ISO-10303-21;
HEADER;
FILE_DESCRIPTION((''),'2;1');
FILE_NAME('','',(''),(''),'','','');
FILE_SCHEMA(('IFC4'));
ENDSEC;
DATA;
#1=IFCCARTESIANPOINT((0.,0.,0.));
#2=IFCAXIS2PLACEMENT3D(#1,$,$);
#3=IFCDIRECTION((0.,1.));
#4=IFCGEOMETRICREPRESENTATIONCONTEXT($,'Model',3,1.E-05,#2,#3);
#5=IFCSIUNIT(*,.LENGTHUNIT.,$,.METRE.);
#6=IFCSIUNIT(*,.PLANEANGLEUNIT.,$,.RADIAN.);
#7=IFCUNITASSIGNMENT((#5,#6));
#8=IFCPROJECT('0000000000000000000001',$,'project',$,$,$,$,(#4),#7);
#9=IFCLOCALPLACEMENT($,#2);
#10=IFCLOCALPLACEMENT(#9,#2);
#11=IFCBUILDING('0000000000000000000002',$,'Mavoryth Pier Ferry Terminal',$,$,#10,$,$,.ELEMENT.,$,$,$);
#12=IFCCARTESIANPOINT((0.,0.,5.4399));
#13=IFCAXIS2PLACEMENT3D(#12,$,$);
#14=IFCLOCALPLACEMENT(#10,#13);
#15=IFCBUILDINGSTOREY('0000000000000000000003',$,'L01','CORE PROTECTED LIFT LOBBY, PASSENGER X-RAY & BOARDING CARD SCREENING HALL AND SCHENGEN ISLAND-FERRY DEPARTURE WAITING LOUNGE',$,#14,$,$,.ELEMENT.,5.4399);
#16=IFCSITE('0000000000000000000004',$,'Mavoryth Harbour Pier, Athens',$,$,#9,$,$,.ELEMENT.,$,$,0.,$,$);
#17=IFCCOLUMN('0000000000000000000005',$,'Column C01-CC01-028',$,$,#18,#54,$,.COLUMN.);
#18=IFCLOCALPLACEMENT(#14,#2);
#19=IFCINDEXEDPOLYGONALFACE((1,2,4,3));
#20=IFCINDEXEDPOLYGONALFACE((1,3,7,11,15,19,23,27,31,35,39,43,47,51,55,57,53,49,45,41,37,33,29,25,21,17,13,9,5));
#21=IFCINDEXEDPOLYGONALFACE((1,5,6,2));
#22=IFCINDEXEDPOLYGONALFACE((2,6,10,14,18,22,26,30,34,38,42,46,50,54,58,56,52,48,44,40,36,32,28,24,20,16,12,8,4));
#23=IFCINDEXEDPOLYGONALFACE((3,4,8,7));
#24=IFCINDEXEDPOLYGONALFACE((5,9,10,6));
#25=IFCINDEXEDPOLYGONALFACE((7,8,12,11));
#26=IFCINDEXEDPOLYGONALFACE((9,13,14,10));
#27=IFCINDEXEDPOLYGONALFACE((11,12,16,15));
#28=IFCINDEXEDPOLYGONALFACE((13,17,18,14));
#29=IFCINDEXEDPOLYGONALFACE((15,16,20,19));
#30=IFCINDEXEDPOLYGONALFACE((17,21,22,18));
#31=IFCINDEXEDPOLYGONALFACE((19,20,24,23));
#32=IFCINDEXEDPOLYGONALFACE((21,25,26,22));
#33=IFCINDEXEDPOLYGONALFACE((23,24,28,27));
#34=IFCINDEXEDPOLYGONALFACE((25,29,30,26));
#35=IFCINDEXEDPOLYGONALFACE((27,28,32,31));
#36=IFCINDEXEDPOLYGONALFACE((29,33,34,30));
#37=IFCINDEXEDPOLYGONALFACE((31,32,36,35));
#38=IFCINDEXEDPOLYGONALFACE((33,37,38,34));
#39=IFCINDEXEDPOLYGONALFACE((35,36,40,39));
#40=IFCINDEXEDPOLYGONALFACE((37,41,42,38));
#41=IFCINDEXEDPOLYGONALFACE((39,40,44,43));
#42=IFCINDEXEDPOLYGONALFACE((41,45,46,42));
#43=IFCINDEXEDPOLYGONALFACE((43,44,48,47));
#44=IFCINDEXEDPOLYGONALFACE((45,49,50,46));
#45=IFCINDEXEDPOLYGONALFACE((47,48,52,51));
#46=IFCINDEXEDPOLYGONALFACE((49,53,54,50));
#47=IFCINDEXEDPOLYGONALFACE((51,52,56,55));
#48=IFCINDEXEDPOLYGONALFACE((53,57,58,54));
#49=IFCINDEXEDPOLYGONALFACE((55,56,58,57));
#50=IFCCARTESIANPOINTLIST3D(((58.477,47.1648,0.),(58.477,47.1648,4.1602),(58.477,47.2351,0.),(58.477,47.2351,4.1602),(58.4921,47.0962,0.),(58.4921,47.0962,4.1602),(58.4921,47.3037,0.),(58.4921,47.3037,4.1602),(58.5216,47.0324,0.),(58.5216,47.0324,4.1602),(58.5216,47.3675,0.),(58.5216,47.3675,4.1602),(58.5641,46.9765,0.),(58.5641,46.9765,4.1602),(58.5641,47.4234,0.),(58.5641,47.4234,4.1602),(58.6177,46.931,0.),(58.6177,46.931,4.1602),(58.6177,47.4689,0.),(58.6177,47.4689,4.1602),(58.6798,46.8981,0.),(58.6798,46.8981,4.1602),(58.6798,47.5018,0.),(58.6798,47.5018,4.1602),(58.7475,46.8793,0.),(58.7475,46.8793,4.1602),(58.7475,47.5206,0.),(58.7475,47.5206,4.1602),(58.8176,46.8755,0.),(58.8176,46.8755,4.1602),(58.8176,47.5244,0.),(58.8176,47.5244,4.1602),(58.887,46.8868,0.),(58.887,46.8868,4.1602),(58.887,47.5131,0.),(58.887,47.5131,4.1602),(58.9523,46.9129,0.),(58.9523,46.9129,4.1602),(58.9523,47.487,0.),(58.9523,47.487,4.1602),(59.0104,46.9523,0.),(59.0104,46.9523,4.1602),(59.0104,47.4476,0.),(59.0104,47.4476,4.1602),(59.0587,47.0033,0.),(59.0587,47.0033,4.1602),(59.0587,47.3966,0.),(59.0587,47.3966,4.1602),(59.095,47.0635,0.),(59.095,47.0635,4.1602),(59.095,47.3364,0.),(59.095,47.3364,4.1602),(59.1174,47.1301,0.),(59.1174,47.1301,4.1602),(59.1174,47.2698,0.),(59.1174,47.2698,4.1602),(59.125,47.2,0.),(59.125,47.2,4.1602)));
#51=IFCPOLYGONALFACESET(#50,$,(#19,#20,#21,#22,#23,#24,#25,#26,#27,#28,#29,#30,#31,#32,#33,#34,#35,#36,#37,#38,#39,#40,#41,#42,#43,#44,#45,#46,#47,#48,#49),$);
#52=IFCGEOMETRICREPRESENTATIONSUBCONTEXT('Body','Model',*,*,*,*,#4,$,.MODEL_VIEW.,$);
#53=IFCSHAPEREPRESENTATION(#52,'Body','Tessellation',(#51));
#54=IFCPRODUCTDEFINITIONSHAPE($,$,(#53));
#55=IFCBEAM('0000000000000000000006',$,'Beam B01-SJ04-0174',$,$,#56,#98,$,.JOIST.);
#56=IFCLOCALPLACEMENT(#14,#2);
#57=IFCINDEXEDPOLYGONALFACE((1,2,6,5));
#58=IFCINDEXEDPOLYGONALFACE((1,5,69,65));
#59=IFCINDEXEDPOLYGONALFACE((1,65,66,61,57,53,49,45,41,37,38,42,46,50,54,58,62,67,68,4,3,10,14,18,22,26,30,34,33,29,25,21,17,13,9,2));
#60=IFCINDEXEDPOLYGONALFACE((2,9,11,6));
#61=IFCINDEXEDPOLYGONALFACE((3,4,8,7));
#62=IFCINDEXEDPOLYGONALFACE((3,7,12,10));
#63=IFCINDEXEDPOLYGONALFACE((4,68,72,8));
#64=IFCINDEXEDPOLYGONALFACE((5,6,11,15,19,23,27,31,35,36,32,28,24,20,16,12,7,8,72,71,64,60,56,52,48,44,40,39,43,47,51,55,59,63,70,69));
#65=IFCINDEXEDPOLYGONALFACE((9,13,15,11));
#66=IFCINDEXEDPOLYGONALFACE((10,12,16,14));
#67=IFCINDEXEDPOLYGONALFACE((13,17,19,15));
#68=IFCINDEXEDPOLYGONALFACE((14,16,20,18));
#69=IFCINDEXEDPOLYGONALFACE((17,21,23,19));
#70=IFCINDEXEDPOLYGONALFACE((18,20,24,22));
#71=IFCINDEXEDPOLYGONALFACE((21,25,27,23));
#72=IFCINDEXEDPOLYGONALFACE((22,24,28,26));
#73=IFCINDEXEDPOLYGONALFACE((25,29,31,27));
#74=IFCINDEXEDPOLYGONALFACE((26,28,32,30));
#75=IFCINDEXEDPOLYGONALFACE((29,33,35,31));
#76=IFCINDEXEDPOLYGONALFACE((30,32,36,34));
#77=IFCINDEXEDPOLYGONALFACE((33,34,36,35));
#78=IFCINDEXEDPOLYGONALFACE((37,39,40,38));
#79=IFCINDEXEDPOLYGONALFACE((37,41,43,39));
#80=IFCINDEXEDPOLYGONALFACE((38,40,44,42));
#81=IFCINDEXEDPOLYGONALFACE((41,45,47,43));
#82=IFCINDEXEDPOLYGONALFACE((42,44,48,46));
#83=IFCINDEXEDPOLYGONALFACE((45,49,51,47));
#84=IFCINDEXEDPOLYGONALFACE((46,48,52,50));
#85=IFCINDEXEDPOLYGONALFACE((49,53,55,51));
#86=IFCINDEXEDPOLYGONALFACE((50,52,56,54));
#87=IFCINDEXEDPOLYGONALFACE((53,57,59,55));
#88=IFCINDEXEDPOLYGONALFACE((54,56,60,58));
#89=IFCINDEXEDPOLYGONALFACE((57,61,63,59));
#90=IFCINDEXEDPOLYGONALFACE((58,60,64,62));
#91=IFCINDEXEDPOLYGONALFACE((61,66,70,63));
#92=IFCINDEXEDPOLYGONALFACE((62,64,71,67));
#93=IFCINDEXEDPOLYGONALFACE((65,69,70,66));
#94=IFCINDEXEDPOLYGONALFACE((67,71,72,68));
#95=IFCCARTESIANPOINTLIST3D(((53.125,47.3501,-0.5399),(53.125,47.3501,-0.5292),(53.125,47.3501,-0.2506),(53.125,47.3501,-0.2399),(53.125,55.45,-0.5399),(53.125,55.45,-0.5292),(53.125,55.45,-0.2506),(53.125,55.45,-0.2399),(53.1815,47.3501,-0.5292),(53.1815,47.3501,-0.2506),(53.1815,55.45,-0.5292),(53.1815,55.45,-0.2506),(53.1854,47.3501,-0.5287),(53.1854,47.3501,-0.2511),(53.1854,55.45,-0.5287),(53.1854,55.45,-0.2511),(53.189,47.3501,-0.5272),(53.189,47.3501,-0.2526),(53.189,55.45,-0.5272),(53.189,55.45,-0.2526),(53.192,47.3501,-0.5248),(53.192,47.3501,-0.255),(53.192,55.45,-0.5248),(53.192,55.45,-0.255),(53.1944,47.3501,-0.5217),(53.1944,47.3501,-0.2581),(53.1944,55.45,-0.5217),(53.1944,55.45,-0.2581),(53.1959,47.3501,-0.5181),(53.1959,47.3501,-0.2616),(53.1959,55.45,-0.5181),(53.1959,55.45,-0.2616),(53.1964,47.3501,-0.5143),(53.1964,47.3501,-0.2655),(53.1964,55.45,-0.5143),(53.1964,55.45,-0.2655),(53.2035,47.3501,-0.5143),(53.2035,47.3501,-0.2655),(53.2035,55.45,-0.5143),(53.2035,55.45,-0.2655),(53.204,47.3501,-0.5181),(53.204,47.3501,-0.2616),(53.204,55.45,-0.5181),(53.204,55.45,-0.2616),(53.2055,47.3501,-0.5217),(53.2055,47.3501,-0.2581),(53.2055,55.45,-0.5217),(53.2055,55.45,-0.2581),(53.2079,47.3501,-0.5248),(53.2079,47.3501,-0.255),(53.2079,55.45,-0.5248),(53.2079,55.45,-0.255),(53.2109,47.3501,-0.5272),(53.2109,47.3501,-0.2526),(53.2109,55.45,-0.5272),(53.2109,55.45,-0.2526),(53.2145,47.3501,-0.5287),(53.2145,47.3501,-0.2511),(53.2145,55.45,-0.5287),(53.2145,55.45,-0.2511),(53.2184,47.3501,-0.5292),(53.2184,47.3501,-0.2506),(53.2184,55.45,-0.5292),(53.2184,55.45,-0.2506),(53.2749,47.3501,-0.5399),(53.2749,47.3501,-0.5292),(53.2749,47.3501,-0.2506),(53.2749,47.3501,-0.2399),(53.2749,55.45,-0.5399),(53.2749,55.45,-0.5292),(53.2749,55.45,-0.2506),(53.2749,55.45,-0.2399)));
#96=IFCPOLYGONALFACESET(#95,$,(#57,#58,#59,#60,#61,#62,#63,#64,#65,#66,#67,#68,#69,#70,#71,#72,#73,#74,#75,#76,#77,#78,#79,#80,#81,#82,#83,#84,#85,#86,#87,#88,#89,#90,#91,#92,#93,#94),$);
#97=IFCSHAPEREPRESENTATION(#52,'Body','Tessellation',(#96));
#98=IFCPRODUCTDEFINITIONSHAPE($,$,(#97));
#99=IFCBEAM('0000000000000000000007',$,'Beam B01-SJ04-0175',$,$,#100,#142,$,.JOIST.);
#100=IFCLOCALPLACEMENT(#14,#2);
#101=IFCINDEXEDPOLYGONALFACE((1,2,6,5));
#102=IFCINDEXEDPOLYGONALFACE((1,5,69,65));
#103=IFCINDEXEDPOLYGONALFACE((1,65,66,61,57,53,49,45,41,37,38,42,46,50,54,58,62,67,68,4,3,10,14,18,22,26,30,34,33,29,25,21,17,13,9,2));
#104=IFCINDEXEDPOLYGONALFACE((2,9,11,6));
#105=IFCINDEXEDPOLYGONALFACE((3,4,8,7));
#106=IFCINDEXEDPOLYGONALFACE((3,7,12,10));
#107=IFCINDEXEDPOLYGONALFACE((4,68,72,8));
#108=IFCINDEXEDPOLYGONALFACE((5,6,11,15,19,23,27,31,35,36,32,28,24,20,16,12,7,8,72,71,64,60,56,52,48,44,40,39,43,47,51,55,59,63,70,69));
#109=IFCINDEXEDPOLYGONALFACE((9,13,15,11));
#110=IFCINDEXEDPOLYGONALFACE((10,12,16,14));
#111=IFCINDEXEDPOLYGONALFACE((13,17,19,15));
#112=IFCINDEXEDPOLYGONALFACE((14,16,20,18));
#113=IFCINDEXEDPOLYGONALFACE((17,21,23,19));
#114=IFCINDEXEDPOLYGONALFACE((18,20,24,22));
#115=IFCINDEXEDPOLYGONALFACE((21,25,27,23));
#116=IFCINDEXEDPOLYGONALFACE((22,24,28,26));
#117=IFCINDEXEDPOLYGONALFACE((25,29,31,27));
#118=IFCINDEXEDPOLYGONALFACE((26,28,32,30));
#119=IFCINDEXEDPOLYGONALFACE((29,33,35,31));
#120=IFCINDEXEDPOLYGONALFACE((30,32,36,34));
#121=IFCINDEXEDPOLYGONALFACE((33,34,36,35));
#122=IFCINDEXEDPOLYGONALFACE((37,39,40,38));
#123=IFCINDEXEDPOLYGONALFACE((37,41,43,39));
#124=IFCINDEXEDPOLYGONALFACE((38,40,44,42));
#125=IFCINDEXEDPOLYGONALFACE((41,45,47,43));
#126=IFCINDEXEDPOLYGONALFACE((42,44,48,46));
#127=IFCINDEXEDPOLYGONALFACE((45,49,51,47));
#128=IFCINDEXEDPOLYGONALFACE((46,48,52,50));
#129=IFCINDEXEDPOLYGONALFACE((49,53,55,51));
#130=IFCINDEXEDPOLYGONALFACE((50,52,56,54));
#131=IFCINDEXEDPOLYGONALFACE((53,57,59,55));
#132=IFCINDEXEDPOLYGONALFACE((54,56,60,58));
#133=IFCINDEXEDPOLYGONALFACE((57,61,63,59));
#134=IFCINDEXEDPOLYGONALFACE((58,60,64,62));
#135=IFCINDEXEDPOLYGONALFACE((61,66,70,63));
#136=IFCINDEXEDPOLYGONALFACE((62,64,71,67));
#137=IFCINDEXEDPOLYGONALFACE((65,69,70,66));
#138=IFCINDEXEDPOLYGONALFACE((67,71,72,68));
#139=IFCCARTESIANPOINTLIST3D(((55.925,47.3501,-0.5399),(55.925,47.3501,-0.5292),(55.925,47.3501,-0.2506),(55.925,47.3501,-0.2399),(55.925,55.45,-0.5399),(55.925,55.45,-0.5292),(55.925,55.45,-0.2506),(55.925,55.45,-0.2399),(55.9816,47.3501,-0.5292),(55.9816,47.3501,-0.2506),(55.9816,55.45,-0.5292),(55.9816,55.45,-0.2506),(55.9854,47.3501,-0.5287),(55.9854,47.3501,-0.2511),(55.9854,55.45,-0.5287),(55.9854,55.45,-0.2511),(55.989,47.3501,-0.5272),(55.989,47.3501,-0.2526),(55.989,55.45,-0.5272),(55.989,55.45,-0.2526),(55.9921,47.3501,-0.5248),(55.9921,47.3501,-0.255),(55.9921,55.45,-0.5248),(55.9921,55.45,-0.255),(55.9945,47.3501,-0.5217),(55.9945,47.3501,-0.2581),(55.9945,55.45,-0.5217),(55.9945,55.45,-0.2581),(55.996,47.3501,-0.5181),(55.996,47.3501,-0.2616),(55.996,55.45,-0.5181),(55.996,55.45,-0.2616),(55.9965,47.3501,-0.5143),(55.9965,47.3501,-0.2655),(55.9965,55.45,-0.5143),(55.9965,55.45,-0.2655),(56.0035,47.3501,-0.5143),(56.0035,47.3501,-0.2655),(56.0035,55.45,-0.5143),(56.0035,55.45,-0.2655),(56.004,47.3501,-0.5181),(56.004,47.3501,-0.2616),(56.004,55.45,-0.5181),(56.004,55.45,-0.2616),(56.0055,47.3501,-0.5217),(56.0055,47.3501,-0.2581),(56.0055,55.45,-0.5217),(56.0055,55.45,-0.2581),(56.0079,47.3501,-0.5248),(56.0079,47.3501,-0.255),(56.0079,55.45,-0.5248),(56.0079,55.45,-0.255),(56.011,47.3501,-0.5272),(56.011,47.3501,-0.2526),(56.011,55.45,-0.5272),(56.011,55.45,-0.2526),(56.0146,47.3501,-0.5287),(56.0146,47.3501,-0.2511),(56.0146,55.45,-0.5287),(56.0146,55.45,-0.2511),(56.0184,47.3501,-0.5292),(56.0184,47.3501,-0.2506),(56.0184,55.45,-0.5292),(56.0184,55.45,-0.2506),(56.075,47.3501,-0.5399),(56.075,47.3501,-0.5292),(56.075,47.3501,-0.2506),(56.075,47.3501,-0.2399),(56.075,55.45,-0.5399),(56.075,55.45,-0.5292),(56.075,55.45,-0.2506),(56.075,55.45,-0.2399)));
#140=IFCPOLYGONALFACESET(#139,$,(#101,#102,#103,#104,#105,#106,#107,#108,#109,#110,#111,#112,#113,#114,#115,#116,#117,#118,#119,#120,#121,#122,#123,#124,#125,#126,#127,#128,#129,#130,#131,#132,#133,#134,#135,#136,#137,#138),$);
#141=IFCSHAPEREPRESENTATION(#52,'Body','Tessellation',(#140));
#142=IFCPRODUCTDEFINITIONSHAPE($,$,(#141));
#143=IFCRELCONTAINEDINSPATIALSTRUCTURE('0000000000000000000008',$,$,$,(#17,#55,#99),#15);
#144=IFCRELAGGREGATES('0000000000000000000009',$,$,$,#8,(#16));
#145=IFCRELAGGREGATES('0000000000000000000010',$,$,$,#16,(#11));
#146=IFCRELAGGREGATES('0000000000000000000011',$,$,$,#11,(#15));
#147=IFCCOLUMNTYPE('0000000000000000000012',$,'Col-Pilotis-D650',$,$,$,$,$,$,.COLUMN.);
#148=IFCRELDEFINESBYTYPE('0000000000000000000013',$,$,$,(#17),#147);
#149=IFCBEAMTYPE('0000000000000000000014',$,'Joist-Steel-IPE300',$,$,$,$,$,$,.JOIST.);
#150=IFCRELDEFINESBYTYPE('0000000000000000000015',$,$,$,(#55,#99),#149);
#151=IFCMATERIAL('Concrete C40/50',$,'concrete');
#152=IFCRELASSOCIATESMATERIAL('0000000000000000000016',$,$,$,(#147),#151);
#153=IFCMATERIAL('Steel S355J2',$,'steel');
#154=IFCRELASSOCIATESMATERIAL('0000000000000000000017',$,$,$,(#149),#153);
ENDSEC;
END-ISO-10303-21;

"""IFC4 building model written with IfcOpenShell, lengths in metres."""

from ifc_helpers import new_model, si_unit, direction, frame, origin, origin_2d, place, context, subcontext, project, spatial, circle, i_section, extrude, material, material_profile, profile_set, type_object, element, save


model = new_model("IFC4")

# Units and contexts
model_context = context("Model", 3, precision=1e-05, world=origin(), true_north=direction((0.0, 1.0)))
body_context = subcontext(model_context, "Body", "Model", "MODEL_VIEW")
ifc_project = project(units=[si_unit("LENGTHUNIT", "METRE"), si_unit("PLANEANGLEUNIT", "RADIAN")], contexts=[model_context])

# Site, building, storey
site_placement = place(None, origin())
site = spatial("IfcSite", under=ifc_project, at=site_placement, Name="Mavoryth Harbour Pier, Athens", CompositionType="ELEMENT", RefElevation=0.0)
building_placement = place(site_placement, origin())
building = spatial("IfcBuilding", under=site, at=building_placement, Name="Mavoryth Pier Ferry Terminal", CompositionType="ELEMENT")
storey_placement = place(building_placement, frame((0.0, 0.0, 5.4399)))
storey = spatial("IfcBuildingStorey", under=building, at=storey_placement, Name="L01", Description="CORE PROTECTED LIFT LOBBY, PASSENGER X-RAY & BOARDING CARD SCREENING HALL AND SCHENGEN ISLAND-FERRY DEPARTURE WAITING LOUNGE", CompositionType="ELEMENT", Elevation=5.4399)

# Column
ifc_material_1 = material(Name="Concrete C40/50", Category="concrete")
ifc_material_profile_1 = material_profile(ifc_material_1, circle(Radius=0.325, at=origin_2d()), Name="RC D650", Category="concrete")
ifc_profile_set_1 = profile_set([ifc_material_profile_1], Name="Concrete C40/50 - RC D650")
column_type = type_object("IfcColumnType", Name="Col-Pilotis-D650", PredefinedType="COLUMN", material=ifc_profile_set_1)
column_placement = place(storey_placement, frame((58.8, 47.2, 0.0), z_axis=(0.0, 0.0, 1.0), x_axis=(1.0, 0.0, 0.0)))
element("IfcColumn", 1, at=column_placement, inside=storey, type_object=column_type, Name="Column C01-CC01-028", PredefinedType="COLUMN", context=body_context, shape_type="SweptSolid", body=[
    extrude(circle(Radius=0.325, at=origin_2d()), origin(), (0.0, 0.0, 1.0), 4.1602),
])

# Beams
ifc_material_2 = material(Name="Steel S355J2", Category="steel")
ifc_material_profile_2 = material_profile(ifc_material_2, i_section(OverallWidth=0.1499, OverallDepth=0.3, WebThickness=0.0071, FlangeThickness=0.0107, FilletRadius=0.0149, at=origin_2d()), Name="IPE 300", Category="steel")
ifc_profile_set_2 = profile_set([ifc_material_profile_2], Name="Steel S355J2 - IPE 300")
beam_type_1 = type_object("IfcBeamType", Name="Joist-Steel-IPE300", PredefinedType="JOIST", material=ifc_profile_set_2)
for number, where, z_axis, x_axis, name in (
    (2, (53.2, 47.3501, -0.3899), (0.0, 1.0, 0.0), (-1.0, 0.0, 0.0), "Beam B01-SJ04-0174"),
    (3, (56.0, 47.3501, -0.3899), (0.0, 1.0, 0.0), (-1.0, 0.0, 0.0), "Beam B01-SJ04-0175"),
):
    element("IfcBeam", number, at=place(storey_placement, frame(where, z_axis=z_axis, x_axis=x_axis)), inside=storey, type_object=beam_type_1, Name=name, PredefinedType="JOIST", context=body_context, shape_type="SweptSolid", body=[
        extrude(i_section(OverallWidth=0.1499, OverallDepth=0.3, WebThickness=0.0071, FlangeThickness=0.0107, FilletRadius=0.0149, at=origin_2d()), origin(), (0.0, 0.0, 1.0), 8.0999),
    ])

save(model, "model.ifc")
